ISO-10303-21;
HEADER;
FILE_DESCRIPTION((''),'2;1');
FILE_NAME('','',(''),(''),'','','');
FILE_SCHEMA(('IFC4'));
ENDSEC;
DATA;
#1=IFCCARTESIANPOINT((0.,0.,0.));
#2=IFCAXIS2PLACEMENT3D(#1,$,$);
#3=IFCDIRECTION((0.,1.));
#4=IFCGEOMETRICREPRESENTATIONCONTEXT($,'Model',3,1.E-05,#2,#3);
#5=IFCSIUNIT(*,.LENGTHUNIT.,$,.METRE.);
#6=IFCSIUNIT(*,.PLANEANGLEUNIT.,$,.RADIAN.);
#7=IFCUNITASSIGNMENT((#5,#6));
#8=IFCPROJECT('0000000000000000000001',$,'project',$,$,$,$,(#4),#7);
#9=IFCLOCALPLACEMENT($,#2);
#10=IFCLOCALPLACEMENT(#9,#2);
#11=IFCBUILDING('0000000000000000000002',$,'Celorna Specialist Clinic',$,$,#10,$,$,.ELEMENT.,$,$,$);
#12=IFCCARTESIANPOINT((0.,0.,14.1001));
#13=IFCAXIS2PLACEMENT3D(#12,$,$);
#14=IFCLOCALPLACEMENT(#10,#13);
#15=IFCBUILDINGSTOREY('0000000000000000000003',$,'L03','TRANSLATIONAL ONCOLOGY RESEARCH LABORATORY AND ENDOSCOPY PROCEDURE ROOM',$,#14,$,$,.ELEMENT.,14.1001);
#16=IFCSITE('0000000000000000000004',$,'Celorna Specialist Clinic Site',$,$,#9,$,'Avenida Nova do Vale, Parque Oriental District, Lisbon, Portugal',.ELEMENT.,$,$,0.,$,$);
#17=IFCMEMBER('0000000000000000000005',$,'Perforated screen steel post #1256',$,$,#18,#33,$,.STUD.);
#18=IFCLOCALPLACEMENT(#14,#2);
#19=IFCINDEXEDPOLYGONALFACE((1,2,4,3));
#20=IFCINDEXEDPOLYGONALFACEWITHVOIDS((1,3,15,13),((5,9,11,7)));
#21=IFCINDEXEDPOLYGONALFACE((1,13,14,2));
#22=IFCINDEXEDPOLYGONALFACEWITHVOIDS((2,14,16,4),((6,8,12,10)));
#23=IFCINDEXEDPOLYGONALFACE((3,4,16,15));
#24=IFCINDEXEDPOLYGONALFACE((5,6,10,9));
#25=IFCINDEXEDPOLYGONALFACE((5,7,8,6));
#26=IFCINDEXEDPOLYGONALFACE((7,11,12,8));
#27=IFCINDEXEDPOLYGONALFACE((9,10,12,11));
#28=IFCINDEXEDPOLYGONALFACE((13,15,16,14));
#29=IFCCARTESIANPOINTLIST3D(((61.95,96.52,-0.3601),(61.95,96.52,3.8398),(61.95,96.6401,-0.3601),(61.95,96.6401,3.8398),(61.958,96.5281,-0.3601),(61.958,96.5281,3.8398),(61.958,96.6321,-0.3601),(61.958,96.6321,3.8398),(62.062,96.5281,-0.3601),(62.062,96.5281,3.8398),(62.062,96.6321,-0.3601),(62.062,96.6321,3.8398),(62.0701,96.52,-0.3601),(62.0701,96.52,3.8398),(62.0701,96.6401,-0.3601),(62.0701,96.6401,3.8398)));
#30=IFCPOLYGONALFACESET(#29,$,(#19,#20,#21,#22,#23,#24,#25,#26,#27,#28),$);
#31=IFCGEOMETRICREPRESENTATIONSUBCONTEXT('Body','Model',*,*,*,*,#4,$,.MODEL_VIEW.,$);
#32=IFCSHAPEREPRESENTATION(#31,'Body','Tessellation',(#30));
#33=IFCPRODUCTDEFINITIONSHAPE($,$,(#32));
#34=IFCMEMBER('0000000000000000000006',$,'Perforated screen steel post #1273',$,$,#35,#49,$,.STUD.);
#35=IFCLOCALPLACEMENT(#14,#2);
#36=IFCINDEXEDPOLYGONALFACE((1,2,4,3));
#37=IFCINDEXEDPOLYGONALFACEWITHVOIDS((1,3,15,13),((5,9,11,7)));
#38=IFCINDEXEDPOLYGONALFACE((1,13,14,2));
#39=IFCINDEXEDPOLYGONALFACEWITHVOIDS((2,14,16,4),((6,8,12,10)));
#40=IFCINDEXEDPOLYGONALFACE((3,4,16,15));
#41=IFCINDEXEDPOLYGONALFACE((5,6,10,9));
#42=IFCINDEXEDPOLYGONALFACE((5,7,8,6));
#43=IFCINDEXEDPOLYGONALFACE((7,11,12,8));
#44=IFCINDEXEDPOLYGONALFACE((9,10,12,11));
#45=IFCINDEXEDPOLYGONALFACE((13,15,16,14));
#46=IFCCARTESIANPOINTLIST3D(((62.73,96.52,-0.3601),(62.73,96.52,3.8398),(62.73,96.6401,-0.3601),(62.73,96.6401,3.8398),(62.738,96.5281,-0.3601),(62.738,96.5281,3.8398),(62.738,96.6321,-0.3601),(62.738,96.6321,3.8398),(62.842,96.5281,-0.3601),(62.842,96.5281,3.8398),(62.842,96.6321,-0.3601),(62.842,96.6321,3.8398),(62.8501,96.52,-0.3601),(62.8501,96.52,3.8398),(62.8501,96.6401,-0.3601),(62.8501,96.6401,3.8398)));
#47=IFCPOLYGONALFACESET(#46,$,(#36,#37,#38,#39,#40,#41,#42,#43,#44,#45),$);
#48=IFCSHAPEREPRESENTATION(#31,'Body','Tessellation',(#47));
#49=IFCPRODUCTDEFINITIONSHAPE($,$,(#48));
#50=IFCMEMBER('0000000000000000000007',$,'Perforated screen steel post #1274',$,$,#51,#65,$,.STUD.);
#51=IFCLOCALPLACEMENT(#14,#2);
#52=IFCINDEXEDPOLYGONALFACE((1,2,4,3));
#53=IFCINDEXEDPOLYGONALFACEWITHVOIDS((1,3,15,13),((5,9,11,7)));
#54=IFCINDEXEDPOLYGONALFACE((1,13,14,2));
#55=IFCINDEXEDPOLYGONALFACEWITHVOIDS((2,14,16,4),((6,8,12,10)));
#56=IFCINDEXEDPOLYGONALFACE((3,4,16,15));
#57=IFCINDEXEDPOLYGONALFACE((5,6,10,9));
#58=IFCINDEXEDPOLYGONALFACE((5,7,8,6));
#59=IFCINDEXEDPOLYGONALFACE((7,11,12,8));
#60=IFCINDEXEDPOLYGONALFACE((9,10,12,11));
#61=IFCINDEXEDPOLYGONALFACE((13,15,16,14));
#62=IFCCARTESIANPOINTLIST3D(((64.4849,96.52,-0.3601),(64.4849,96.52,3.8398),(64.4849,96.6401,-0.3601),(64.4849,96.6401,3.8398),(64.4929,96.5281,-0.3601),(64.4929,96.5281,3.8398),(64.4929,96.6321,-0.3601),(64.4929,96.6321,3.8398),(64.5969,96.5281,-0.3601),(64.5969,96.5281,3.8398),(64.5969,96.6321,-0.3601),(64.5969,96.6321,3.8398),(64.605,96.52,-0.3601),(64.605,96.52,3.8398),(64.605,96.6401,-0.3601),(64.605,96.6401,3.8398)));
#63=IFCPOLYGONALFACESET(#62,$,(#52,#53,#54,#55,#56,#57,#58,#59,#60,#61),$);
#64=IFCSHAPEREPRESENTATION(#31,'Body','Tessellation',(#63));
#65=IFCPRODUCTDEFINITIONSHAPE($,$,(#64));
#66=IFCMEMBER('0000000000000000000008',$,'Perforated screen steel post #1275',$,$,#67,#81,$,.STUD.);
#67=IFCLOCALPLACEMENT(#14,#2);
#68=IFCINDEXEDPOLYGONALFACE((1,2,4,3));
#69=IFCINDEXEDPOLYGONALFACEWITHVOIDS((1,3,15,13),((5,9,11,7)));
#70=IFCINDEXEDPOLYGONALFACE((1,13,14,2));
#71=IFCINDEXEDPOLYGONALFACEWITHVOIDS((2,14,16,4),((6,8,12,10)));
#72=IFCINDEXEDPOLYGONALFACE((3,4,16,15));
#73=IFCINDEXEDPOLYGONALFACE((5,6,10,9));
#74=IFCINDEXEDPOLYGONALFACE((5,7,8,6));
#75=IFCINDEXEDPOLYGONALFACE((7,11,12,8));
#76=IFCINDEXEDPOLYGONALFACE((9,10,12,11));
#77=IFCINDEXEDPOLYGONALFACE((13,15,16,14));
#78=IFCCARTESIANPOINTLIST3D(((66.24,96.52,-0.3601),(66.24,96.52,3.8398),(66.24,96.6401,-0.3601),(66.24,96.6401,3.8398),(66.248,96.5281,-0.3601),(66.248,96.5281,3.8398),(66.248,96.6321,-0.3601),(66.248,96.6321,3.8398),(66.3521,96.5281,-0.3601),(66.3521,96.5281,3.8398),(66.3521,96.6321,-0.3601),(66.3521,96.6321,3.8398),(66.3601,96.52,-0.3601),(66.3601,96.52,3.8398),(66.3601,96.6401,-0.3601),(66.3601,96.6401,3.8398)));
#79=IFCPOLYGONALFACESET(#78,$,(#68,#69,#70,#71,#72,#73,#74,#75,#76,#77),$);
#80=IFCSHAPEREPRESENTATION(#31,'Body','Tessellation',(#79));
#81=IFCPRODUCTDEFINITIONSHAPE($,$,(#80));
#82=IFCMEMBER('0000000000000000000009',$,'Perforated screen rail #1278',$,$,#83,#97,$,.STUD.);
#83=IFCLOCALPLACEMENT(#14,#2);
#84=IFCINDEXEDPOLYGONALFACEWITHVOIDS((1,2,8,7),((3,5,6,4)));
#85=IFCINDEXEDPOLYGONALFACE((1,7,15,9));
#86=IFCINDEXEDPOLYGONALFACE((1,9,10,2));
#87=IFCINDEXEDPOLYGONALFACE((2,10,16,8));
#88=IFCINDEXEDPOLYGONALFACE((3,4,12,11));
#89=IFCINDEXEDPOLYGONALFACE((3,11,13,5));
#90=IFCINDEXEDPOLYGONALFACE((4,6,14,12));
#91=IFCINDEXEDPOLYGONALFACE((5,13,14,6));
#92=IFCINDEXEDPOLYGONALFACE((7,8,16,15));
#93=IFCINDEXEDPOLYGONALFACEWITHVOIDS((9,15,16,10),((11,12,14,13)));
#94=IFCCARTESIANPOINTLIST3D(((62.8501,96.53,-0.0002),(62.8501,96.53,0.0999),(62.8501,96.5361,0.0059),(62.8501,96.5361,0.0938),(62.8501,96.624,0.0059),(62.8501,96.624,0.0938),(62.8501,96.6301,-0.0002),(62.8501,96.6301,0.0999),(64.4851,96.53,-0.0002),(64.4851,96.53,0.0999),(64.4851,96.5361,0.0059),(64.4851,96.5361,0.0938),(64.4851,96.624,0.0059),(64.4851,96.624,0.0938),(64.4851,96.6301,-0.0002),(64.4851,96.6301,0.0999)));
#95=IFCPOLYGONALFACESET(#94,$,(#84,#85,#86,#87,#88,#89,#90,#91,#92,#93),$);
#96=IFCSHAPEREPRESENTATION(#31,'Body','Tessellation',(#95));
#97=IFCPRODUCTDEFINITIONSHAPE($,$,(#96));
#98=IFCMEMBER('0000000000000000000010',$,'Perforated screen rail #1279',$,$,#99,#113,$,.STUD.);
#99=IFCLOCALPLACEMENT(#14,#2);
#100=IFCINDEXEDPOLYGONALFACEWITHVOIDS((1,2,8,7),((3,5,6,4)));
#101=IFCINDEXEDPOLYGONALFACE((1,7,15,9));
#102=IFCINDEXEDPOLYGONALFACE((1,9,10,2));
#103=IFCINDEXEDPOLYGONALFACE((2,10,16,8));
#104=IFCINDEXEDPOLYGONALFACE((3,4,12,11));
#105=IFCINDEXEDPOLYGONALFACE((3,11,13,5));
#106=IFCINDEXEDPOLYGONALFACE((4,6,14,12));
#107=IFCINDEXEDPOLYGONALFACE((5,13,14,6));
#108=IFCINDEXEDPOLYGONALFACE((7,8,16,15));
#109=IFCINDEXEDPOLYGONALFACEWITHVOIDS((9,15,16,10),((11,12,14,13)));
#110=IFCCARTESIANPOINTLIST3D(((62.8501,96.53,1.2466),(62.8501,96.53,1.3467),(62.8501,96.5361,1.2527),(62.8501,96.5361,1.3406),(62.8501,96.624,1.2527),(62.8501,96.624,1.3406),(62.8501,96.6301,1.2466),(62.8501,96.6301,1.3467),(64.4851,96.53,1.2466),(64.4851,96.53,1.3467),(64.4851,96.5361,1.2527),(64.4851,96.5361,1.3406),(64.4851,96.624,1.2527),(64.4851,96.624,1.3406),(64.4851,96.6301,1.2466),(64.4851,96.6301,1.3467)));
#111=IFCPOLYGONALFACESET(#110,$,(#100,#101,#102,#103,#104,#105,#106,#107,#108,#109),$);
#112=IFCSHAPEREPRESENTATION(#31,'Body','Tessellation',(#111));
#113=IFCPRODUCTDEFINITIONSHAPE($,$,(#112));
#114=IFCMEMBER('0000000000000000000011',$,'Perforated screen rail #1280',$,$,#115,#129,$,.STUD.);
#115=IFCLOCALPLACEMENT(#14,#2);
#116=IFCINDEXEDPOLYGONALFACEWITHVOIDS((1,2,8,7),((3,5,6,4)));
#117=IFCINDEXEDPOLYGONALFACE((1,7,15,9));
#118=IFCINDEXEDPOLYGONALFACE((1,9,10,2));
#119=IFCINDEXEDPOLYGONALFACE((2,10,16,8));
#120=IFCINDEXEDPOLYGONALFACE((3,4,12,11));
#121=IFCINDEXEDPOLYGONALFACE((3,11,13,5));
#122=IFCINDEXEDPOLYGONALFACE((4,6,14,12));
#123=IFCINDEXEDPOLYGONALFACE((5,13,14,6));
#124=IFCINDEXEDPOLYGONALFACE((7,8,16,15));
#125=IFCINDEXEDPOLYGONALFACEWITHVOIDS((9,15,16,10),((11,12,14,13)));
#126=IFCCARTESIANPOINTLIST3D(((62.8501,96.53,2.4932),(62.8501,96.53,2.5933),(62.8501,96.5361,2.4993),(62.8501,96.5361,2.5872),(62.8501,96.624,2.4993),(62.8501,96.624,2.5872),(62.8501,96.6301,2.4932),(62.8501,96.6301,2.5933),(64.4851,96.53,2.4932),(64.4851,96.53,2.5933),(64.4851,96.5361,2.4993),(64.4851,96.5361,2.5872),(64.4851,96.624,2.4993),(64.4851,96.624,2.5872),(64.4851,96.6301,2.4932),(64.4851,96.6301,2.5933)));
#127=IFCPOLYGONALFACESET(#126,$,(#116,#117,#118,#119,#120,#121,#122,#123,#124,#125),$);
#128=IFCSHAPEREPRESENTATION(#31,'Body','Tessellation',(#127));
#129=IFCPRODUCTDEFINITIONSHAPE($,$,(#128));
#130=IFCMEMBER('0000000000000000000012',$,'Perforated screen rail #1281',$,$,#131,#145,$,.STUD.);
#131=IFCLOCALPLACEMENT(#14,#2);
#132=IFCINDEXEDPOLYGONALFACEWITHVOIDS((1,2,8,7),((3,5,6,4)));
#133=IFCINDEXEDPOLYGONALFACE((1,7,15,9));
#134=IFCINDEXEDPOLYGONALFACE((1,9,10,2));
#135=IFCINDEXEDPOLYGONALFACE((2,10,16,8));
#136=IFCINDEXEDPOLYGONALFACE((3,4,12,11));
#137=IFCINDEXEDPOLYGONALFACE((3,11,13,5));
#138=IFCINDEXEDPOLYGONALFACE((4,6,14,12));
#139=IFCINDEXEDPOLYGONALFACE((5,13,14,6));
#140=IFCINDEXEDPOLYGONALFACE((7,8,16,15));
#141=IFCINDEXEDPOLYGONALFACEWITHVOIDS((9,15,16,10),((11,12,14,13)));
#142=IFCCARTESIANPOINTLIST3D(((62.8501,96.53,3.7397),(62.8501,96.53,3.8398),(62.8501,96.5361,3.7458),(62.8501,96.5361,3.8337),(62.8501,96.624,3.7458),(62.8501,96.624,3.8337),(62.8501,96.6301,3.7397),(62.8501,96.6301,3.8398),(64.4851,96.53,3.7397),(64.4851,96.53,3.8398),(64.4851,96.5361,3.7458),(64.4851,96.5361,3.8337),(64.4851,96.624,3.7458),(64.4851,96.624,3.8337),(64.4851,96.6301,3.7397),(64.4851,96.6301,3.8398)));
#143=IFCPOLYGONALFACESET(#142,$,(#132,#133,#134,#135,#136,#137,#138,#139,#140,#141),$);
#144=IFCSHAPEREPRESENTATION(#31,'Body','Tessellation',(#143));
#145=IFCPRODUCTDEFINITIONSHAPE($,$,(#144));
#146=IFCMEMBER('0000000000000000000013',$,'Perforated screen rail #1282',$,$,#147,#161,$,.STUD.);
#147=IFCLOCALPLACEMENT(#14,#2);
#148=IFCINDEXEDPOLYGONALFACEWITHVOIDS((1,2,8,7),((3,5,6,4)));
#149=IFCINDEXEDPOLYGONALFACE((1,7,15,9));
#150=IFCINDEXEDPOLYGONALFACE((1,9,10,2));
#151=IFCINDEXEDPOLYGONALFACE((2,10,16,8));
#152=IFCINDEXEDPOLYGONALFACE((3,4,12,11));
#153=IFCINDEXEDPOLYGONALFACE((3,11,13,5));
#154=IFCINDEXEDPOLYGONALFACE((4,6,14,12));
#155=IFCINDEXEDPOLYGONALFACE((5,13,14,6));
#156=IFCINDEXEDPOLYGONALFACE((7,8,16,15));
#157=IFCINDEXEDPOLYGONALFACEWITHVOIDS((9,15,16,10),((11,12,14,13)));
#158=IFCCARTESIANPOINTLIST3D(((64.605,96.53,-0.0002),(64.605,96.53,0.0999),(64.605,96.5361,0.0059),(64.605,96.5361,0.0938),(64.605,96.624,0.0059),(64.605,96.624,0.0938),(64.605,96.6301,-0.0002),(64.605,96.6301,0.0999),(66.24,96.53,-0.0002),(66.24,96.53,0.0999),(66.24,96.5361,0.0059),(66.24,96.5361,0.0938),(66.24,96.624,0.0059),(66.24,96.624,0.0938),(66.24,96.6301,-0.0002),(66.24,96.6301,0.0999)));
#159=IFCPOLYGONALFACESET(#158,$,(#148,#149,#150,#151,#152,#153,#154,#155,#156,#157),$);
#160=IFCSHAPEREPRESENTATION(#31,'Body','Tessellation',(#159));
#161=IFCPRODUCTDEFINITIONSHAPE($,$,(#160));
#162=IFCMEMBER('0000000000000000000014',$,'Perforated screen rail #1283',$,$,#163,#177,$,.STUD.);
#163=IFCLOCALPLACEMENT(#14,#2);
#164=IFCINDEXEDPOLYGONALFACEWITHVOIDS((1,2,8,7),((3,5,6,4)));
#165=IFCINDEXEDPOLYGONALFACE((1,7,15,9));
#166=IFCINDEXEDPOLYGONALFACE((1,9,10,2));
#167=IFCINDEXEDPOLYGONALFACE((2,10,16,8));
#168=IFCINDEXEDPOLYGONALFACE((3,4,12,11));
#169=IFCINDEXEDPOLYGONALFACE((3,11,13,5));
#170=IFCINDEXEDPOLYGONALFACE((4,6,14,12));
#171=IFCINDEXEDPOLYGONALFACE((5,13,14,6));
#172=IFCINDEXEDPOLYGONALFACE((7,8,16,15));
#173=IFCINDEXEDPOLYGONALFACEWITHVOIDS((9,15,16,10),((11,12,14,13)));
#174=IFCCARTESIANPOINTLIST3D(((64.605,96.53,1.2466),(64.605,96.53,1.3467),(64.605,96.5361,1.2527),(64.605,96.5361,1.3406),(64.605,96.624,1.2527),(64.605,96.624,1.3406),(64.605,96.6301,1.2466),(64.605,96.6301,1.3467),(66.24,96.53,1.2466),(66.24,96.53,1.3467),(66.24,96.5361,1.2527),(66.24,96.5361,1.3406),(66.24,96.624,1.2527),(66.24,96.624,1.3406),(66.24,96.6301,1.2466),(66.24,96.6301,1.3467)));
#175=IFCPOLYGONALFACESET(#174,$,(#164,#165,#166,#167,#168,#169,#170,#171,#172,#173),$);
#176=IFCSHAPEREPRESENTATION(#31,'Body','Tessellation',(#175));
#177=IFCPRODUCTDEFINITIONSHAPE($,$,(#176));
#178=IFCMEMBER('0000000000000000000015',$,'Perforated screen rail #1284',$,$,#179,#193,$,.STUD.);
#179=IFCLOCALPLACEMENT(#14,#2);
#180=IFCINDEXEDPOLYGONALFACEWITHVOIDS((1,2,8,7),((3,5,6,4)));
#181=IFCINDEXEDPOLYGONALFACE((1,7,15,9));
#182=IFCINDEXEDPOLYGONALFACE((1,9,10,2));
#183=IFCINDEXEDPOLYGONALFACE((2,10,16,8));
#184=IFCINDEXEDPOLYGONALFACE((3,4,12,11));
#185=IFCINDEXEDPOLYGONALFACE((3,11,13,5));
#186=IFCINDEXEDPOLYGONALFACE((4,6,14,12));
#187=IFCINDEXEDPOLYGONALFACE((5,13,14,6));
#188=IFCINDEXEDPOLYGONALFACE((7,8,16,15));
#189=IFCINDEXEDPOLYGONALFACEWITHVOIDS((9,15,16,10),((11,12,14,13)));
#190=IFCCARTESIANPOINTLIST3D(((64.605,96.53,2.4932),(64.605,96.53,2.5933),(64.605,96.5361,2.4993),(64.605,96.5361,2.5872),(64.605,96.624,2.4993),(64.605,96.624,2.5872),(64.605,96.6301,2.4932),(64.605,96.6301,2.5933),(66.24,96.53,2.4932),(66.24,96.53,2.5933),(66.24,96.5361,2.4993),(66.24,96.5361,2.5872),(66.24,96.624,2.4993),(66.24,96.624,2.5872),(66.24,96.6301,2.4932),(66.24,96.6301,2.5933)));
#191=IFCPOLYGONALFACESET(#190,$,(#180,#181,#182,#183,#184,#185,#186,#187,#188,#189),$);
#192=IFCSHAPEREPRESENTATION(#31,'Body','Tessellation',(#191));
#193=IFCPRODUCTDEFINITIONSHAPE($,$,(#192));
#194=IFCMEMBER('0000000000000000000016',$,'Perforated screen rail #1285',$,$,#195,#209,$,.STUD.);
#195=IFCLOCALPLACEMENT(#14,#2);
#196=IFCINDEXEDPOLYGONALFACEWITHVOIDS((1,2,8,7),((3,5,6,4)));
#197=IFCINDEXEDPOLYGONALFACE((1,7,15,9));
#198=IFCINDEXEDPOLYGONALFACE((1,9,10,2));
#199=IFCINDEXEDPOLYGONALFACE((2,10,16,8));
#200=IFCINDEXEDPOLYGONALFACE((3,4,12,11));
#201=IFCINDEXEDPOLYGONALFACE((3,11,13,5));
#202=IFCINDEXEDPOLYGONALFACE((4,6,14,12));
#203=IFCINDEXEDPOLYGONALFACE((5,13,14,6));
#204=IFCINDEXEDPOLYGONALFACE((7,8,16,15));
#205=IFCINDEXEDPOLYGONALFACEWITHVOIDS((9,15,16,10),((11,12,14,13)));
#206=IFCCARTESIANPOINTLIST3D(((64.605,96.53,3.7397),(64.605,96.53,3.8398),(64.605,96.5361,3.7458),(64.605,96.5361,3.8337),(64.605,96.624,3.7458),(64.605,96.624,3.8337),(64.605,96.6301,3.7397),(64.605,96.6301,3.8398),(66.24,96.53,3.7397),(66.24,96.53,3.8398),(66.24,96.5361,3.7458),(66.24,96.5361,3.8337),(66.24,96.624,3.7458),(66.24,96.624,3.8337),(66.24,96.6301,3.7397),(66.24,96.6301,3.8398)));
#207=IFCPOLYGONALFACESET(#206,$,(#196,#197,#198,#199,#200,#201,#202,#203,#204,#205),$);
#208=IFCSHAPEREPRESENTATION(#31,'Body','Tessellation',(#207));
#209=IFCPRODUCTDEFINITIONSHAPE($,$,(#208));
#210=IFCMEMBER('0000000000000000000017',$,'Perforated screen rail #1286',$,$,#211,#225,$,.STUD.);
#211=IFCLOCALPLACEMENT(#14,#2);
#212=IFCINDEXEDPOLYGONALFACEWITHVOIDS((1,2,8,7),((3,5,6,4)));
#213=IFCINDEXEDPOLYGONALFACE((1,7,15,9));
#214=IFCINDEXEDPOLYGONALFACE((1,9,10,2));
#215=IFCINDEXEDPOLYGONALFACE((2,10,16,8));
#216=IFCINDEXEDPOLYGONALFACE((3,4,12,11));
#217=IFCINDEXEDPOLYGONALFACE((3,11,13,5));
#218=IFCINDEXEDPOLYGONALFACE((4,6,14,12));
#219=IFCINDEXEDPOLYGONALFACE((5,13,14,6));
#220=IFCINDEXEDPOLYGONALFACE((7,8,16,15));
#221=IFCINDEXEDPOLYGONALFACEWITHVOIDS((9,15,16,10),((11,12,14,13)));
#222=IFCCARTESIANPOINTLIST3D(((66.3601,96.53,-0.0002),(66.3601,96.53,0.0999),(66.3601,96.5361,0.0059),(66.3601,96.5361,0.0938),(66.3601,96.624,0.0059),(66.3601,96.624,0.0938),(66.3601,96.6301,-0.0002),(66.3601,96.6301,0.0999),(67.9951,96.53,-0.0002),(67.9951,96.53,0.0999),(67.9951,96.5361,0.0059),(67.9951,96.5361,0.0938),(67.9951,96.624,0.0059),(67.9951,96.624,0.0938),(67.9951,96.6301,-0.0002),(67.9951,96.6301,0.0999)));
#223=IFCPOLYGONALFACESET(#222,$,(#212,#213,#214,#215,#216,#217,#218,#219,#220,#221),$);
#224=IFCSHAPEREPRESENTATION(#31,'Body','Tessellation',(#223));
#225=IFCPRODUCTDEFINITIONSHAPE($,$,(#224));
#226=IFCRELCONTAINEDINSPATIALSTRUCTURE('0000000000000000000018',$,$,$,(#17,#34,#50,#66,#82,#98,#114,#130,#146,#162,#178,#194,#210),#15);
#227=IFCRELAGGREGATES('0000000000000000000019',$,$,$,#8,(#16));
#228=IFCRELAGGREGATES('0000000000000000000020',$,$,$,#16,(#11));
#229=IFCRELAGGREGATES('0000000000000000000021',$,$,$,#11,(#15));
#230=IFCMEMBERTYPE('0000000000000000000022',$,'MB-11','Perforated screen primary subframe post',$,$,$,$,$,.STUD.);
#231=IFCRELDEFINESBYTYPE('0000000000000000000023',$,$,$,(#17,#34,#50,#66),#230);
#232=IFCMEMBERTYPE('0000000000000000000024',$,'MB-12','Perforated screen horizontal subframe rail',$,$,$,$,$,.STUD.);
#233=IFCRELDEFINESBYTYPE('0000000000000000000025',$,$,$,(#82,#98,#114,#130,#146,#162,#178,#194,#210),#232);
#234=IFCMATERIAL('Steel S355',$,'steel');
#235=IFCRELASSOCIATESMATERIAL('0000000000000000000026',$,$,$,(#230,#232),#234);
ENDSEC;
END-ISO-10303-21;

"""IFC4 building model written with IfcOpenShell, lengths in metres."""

from ifc_helpers import new_model, si_unit, direction, frame, origin, origin_2d, place, context, subcontext, project, spatial, hollow_rectangle, extrude, material, material_profile, profile_set, type_object, element, save


model = new_model("IFC4")

# Units and contexts
model_context = context("Model", 3, precision=1e-05, world=origin(), true_north=direction((0.0, 1.0)))
body_context = subcontext(model_context, "Body", "Model", "MODEL_VIEW")
ifc_project = project(units=[si_unit("LENGTHUNIT", "METRE"), si_unit("PLANEANGLEUNIT", "RADIAN")], contexts=[model_context])

# Site, building, storey
site_placement = place(None, origin())
site = spatial("IfcSite", under=ifc_project, at=site_placement, Name="Celorna Specialist Clinic Site", LongName="Avenida Nova do Vale, Parque Oriental District, Lisbon, Portugal", CompositionType="ELEMENT", RefElevation=0.0)
building_placement = place(site_placement, origin())
building = spatial("IfcBuilding", under=site, at=building_placement, Name="Celorna Specialist Clinic", CompositionType="ELEMENT")
storey_placement = place(building_placement, frame((0.0, 0.0, 14.1001)))
storey = spatial("IfcBuildingStorey", under=building, at=storey_placement, Name="L03", Description="TRANSLATIONAL ONCOLOGY RESEARCH LABORATORY AND ENDOSCOPY PROCEDURE ROOM", CompositionType="ELEMENT", Elevation=14.1001)

# Members
ifc_material_1 = material(Name="Steel S355", Category="steel")
ifc_material_profile_1 = material_profile(ifc_material_1, hollow_rectangle(XDim=0.1201, YDim=0.1201, WallThickness=0.0081, at=origin_2d()), Name="SHS 120x120x8")
ifc_profile_set_1 = profile_set([ifc_material_profile_1], Name="Steel S355")
member_type_1 = type_object("IfcMemberType", Name="MB-11", Description="Perforated screen primary subframe post", PredefinedType="STUD", material=ifc_profile_set_1)
for number, where, z_axis, x_axis, name in (
    (1, (62.01, 96.5801, -0.3601), (0.0, 0.0, 1.0), (1.0, 0.0, 0.0), "Perforated screen steel post #1256"),
    (2, (62.79, 96.5801, -0.3601), (0.0, 0.0, 1.0), (1.0, 0.0, 0.0), "Perforated screen steel post #1273"),
    (3, (64.5449, 96.5801, -0.3601), (0.0, 0.0, 1.0), (1.0, 0.0, 0.0), "Perforated screen steel post #1274"),
    (4, (66.3, 96.5801, -0.3601), (0.0, 0.0, 1.0), (1.0, 0.0, 0.0), "Perforated screen steel post #1275"),
):
    element("IfcMember", number, at=place(storey_placement, frame(where, z_axis=z_axis, x_axis=x_axis)), inside=storey, type_object=member_type_1, Name=name, PredefinedType="STUD", context=body_context, shape_type="SweptSolid", body=[
        extrude(hollow_rectangle(XDim=0.1201, YDim=0.1201, WallThickness=0.0081, at=origin_2d()), origin(), (0.0, 0.0, 1.0), 4.2),
    ])
ifc_material_profile_2 = material_profile(ifc_material_1, hollow_rectangle(XDim=0.1001, YDim=0.1001, WallThickness=0.0061, at=origin_2d()), Name="SHS 100x100x6")
ifc_profile_set_2 = profile_set([ifc_material_profile_2], Name="Steel S355")
member_type_2 = type_object("IfcMemberType", Name="MB-12", Description="Perforated screen horizontal subframe rail", PredefinedType="STUD", material=ifc_profile_set_2)
for number, where, z_axis, x_axis, name in (
    (5, (62.8501, 96.5801, 0.0498), (1.0, 0.0, 0.0), (0.0, 1.0, 0.0), "Perforated screen rail #1278"),
    (6, (62.8501, 96.5801, 1.2966), (1.0, 0.0, 0.0), (0.0, 1.0, 0.0), "Perforated screen rail #1279"),
    (7, (62.8501, 96.5801, 2.5432), (1.0, 0.0, 0.0), (0.0, 1.0, 0.0), "Perforated screen rail #1280"),
    (8, (62.8501, 96.5801, 3.7898), (1.0, 0.0, 0.0), (0.0, 1.0, 0.0), "Perforated screen rail #1281"),
    (9, (64.605, 96.5801, 0.0498), (1.0, 0.0, 0.0), (0.0, 1.0, 0.0), "Perforated screen rail #1282"),
    (10, (64.605, 96.5801, 1.2966), (1.0, 0.0, 0.0), (0.0, 1.0, 0.0), "Perforated screen rail #1283"),
    (11, (64.605, 96.5801, 2.5432), (1.0, 0.0, 0.0), (0.0, 1.0, 0.0), "Perforated screen rail #1284"),
    (12, (64.605, 96.5801, 3.7898), (1.0, 0.0, 0.0), (0.0, 1.0, 0.0), "Perforated screen rail #1285"),
    (13, (66.3601, 96.5801, 0.0498), (1.0, 0.0, 0.0), (0.0, 1.0, 0.0), "Perforated screen rail #1286"),
):
    element("IfcMember", number, at=place(storey_placement, frame(where, z_axis=z_axis, x_axis=x_axis)), inside=storey, type_object=member_type_2, Name=name, PredefinedType="STUD", context=body_context, shape_type="SweptSolid", body=[
        extrude(hollow_rectangle(XDim=0.1001, YDim=0.1001, WallThickness=0.0061, at=origin_2d()), origin(), (0.0, 0.0, 1.0), 1.635),
    ])

save(model, "model.ifc")
